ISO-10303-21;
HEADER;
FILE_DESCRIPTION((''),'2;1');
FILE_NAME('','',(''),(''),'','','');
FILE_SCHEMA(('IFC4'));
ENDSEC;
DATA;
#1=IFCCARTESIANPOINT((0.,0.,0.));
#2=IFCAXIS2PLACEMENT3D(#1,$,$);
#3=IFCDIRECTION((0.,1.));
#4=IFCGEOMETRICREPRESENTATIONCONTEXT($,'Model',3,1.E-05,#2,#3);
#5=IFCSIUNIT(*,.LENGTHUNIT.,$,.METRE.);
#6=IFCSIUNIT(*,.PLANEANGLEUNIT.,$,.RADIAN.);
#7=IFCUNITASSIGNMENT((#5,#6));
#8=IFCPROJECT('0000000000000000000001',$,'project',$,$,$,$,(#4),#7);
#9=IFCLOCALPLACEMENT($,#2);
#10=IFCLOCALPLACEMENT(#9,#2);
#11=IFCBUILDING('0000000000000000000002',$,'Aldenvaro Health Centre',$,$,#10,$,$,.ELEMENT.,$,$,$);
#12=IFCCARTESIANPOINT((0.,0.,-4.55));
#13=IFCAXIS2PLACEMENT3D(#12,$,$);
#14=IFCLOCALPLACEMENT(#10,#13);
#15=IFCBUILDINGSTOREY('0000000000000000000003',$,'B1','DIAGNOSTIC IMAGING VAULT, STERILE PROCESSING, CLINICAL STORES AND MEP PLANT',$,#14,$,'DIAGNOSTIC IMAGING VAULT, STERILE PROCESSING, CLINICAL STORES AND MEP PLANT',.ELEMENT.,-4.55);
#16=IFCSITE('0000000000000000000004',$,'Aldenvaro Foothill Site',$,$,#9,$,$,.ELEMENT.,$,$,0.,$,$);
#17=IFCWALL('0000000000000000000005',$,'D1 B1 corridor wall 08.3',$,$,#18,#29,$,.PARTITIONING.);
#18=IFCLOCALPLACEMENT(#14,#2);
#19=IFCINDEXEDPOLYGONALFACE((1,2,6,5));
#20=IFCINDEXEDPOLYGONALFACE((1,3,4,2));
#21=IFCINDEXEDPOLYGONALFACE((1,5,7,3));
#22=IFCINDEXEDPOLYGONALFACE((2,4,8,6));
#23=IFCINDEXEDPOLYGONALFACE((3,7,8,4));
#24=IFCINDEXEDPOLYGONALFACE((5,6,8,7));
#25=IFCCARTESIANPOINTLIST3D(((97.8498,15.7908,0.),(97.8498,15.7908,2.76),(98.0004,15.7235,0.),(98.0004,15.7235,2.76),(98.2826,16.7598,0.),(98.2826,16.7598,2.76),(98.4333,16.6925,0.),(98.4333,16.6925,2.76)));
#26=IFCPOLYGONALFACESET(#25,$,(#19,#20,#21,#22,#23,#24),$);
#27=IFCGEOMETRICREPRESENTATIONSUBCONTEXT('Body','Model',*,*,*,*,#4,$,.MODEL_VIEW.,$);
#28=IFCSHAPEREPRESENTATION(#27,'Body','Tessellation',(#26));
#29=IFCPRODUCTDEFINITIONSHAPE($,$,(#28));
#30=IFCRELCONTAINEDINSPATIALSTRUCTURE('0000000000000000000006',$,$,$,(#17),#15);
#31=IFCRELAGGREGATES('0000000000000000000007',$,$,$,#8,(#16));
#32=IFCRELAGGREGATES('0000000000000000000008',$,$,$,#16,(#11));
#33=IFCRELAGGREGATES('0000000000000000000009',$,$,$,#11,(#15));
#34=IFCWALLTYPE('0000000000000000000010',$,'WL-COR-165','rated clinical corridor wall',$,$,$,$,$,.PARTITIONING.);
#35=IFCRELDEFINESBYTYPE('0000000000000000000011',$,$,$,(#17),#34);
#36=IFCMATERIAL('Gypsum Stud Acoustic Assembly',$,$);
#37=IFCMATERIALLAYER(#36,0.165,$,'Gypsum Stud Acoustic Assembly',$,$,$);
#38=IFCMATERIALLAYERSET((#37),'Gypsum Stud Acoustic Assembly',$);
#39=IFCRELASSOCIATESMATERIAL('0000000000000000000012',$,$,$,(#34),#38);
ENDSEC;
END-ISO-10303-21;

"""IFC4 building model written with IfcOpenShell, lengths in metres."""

from ifc_helpers import new_model, si_unit, direction, frame, frame_2d, origin, place, context, subcontext, project, spatial, rectangle, extrude, material, layer, layer_set, type_object, element, save


model = new_model("IFC4")

# Units and contexts
model_context = context("Model", 3, precision=1e-05, world=origin(), true_north=direction((0.0, 1.0)))
body_context = subcontext(model_context, "Body", "Model", "MODEL_VIEW")
ifc_project = project(units=[si_unit("LENGTHUNIT", "METRE"), si_unit("PLANEANGLEUNIT", "RADIAN")], contexts=[model_context])

# Site, building, storey
site_placement = place(None, origin())
site = spatial("IfcSite", under=ifc_project, at=site_placement, Name="Aldenvaro Foothill Site", CompositionType="ELEMENT", RefElevation=0.0)
building_placement = place(site_placement, origin())
building = spatial("IfcBuilding", under=site, at=building_placement, Name="Aldenvaro Health Centre", CompositionType="ELEMENT")
storey_placement = place(building_placement, frame((0.0, 0.0, -4.55)))
storey = spatial("IfcBuildingStorey", under=building, at=storey_placement, Name="B1", Description="DIAGNOSTIC IMAGING VAULT, STERILE PROCESSING, CLINICAL STORES AND MEP PLANT", LongName="DIAGNOSTIC IMAGING VAULT, STERILE PROCESSING, CLINICAL STORES AND MEP PLANT", CompositionType="ELEMENT", Elevation=-4.55)

# Shared definitions
ifc_material_1 = material(Name="Gypsum Stud Acoustic Assembly")
ifc_layer = layer(ifc_material_1, 0.165, Name="Gypsum Stud Acoustic Assembly")
ifc_layer_set = layer_set([ifc_layer], Name="Gypsum Stud Acoustic Assembly")
wall_type = type_object("IfcWallType", Name="WL-COR-165", Description="rated clinical corridor wall", PredefinedType="PARTITIONING", material=ifc_layer_set)

# Wall
wall_1_placement = place(storey_placement, frame((97.925, 15.7571, 0.0), z_axis=(0.0, 0.0, 1.0), x_axis=(0.407867, 0.913042, 0.0)))
element("IfcWall", 1, at=wall_1_placement, inside=storey, type_object=wall_type, Name="D1 B1 corridor wall 08.3", PredefinedType="PARTITIONING", context=body_context, shape_type="SweptSolid", body=[
    extrude(rectangle(XDim=1.0613, YDim=0.165, at=frame_2d((0.5308, 0.0))), origin(), (0.0, 0.0, 1.0), 2.76),
])

save(model, "model.ifc")
